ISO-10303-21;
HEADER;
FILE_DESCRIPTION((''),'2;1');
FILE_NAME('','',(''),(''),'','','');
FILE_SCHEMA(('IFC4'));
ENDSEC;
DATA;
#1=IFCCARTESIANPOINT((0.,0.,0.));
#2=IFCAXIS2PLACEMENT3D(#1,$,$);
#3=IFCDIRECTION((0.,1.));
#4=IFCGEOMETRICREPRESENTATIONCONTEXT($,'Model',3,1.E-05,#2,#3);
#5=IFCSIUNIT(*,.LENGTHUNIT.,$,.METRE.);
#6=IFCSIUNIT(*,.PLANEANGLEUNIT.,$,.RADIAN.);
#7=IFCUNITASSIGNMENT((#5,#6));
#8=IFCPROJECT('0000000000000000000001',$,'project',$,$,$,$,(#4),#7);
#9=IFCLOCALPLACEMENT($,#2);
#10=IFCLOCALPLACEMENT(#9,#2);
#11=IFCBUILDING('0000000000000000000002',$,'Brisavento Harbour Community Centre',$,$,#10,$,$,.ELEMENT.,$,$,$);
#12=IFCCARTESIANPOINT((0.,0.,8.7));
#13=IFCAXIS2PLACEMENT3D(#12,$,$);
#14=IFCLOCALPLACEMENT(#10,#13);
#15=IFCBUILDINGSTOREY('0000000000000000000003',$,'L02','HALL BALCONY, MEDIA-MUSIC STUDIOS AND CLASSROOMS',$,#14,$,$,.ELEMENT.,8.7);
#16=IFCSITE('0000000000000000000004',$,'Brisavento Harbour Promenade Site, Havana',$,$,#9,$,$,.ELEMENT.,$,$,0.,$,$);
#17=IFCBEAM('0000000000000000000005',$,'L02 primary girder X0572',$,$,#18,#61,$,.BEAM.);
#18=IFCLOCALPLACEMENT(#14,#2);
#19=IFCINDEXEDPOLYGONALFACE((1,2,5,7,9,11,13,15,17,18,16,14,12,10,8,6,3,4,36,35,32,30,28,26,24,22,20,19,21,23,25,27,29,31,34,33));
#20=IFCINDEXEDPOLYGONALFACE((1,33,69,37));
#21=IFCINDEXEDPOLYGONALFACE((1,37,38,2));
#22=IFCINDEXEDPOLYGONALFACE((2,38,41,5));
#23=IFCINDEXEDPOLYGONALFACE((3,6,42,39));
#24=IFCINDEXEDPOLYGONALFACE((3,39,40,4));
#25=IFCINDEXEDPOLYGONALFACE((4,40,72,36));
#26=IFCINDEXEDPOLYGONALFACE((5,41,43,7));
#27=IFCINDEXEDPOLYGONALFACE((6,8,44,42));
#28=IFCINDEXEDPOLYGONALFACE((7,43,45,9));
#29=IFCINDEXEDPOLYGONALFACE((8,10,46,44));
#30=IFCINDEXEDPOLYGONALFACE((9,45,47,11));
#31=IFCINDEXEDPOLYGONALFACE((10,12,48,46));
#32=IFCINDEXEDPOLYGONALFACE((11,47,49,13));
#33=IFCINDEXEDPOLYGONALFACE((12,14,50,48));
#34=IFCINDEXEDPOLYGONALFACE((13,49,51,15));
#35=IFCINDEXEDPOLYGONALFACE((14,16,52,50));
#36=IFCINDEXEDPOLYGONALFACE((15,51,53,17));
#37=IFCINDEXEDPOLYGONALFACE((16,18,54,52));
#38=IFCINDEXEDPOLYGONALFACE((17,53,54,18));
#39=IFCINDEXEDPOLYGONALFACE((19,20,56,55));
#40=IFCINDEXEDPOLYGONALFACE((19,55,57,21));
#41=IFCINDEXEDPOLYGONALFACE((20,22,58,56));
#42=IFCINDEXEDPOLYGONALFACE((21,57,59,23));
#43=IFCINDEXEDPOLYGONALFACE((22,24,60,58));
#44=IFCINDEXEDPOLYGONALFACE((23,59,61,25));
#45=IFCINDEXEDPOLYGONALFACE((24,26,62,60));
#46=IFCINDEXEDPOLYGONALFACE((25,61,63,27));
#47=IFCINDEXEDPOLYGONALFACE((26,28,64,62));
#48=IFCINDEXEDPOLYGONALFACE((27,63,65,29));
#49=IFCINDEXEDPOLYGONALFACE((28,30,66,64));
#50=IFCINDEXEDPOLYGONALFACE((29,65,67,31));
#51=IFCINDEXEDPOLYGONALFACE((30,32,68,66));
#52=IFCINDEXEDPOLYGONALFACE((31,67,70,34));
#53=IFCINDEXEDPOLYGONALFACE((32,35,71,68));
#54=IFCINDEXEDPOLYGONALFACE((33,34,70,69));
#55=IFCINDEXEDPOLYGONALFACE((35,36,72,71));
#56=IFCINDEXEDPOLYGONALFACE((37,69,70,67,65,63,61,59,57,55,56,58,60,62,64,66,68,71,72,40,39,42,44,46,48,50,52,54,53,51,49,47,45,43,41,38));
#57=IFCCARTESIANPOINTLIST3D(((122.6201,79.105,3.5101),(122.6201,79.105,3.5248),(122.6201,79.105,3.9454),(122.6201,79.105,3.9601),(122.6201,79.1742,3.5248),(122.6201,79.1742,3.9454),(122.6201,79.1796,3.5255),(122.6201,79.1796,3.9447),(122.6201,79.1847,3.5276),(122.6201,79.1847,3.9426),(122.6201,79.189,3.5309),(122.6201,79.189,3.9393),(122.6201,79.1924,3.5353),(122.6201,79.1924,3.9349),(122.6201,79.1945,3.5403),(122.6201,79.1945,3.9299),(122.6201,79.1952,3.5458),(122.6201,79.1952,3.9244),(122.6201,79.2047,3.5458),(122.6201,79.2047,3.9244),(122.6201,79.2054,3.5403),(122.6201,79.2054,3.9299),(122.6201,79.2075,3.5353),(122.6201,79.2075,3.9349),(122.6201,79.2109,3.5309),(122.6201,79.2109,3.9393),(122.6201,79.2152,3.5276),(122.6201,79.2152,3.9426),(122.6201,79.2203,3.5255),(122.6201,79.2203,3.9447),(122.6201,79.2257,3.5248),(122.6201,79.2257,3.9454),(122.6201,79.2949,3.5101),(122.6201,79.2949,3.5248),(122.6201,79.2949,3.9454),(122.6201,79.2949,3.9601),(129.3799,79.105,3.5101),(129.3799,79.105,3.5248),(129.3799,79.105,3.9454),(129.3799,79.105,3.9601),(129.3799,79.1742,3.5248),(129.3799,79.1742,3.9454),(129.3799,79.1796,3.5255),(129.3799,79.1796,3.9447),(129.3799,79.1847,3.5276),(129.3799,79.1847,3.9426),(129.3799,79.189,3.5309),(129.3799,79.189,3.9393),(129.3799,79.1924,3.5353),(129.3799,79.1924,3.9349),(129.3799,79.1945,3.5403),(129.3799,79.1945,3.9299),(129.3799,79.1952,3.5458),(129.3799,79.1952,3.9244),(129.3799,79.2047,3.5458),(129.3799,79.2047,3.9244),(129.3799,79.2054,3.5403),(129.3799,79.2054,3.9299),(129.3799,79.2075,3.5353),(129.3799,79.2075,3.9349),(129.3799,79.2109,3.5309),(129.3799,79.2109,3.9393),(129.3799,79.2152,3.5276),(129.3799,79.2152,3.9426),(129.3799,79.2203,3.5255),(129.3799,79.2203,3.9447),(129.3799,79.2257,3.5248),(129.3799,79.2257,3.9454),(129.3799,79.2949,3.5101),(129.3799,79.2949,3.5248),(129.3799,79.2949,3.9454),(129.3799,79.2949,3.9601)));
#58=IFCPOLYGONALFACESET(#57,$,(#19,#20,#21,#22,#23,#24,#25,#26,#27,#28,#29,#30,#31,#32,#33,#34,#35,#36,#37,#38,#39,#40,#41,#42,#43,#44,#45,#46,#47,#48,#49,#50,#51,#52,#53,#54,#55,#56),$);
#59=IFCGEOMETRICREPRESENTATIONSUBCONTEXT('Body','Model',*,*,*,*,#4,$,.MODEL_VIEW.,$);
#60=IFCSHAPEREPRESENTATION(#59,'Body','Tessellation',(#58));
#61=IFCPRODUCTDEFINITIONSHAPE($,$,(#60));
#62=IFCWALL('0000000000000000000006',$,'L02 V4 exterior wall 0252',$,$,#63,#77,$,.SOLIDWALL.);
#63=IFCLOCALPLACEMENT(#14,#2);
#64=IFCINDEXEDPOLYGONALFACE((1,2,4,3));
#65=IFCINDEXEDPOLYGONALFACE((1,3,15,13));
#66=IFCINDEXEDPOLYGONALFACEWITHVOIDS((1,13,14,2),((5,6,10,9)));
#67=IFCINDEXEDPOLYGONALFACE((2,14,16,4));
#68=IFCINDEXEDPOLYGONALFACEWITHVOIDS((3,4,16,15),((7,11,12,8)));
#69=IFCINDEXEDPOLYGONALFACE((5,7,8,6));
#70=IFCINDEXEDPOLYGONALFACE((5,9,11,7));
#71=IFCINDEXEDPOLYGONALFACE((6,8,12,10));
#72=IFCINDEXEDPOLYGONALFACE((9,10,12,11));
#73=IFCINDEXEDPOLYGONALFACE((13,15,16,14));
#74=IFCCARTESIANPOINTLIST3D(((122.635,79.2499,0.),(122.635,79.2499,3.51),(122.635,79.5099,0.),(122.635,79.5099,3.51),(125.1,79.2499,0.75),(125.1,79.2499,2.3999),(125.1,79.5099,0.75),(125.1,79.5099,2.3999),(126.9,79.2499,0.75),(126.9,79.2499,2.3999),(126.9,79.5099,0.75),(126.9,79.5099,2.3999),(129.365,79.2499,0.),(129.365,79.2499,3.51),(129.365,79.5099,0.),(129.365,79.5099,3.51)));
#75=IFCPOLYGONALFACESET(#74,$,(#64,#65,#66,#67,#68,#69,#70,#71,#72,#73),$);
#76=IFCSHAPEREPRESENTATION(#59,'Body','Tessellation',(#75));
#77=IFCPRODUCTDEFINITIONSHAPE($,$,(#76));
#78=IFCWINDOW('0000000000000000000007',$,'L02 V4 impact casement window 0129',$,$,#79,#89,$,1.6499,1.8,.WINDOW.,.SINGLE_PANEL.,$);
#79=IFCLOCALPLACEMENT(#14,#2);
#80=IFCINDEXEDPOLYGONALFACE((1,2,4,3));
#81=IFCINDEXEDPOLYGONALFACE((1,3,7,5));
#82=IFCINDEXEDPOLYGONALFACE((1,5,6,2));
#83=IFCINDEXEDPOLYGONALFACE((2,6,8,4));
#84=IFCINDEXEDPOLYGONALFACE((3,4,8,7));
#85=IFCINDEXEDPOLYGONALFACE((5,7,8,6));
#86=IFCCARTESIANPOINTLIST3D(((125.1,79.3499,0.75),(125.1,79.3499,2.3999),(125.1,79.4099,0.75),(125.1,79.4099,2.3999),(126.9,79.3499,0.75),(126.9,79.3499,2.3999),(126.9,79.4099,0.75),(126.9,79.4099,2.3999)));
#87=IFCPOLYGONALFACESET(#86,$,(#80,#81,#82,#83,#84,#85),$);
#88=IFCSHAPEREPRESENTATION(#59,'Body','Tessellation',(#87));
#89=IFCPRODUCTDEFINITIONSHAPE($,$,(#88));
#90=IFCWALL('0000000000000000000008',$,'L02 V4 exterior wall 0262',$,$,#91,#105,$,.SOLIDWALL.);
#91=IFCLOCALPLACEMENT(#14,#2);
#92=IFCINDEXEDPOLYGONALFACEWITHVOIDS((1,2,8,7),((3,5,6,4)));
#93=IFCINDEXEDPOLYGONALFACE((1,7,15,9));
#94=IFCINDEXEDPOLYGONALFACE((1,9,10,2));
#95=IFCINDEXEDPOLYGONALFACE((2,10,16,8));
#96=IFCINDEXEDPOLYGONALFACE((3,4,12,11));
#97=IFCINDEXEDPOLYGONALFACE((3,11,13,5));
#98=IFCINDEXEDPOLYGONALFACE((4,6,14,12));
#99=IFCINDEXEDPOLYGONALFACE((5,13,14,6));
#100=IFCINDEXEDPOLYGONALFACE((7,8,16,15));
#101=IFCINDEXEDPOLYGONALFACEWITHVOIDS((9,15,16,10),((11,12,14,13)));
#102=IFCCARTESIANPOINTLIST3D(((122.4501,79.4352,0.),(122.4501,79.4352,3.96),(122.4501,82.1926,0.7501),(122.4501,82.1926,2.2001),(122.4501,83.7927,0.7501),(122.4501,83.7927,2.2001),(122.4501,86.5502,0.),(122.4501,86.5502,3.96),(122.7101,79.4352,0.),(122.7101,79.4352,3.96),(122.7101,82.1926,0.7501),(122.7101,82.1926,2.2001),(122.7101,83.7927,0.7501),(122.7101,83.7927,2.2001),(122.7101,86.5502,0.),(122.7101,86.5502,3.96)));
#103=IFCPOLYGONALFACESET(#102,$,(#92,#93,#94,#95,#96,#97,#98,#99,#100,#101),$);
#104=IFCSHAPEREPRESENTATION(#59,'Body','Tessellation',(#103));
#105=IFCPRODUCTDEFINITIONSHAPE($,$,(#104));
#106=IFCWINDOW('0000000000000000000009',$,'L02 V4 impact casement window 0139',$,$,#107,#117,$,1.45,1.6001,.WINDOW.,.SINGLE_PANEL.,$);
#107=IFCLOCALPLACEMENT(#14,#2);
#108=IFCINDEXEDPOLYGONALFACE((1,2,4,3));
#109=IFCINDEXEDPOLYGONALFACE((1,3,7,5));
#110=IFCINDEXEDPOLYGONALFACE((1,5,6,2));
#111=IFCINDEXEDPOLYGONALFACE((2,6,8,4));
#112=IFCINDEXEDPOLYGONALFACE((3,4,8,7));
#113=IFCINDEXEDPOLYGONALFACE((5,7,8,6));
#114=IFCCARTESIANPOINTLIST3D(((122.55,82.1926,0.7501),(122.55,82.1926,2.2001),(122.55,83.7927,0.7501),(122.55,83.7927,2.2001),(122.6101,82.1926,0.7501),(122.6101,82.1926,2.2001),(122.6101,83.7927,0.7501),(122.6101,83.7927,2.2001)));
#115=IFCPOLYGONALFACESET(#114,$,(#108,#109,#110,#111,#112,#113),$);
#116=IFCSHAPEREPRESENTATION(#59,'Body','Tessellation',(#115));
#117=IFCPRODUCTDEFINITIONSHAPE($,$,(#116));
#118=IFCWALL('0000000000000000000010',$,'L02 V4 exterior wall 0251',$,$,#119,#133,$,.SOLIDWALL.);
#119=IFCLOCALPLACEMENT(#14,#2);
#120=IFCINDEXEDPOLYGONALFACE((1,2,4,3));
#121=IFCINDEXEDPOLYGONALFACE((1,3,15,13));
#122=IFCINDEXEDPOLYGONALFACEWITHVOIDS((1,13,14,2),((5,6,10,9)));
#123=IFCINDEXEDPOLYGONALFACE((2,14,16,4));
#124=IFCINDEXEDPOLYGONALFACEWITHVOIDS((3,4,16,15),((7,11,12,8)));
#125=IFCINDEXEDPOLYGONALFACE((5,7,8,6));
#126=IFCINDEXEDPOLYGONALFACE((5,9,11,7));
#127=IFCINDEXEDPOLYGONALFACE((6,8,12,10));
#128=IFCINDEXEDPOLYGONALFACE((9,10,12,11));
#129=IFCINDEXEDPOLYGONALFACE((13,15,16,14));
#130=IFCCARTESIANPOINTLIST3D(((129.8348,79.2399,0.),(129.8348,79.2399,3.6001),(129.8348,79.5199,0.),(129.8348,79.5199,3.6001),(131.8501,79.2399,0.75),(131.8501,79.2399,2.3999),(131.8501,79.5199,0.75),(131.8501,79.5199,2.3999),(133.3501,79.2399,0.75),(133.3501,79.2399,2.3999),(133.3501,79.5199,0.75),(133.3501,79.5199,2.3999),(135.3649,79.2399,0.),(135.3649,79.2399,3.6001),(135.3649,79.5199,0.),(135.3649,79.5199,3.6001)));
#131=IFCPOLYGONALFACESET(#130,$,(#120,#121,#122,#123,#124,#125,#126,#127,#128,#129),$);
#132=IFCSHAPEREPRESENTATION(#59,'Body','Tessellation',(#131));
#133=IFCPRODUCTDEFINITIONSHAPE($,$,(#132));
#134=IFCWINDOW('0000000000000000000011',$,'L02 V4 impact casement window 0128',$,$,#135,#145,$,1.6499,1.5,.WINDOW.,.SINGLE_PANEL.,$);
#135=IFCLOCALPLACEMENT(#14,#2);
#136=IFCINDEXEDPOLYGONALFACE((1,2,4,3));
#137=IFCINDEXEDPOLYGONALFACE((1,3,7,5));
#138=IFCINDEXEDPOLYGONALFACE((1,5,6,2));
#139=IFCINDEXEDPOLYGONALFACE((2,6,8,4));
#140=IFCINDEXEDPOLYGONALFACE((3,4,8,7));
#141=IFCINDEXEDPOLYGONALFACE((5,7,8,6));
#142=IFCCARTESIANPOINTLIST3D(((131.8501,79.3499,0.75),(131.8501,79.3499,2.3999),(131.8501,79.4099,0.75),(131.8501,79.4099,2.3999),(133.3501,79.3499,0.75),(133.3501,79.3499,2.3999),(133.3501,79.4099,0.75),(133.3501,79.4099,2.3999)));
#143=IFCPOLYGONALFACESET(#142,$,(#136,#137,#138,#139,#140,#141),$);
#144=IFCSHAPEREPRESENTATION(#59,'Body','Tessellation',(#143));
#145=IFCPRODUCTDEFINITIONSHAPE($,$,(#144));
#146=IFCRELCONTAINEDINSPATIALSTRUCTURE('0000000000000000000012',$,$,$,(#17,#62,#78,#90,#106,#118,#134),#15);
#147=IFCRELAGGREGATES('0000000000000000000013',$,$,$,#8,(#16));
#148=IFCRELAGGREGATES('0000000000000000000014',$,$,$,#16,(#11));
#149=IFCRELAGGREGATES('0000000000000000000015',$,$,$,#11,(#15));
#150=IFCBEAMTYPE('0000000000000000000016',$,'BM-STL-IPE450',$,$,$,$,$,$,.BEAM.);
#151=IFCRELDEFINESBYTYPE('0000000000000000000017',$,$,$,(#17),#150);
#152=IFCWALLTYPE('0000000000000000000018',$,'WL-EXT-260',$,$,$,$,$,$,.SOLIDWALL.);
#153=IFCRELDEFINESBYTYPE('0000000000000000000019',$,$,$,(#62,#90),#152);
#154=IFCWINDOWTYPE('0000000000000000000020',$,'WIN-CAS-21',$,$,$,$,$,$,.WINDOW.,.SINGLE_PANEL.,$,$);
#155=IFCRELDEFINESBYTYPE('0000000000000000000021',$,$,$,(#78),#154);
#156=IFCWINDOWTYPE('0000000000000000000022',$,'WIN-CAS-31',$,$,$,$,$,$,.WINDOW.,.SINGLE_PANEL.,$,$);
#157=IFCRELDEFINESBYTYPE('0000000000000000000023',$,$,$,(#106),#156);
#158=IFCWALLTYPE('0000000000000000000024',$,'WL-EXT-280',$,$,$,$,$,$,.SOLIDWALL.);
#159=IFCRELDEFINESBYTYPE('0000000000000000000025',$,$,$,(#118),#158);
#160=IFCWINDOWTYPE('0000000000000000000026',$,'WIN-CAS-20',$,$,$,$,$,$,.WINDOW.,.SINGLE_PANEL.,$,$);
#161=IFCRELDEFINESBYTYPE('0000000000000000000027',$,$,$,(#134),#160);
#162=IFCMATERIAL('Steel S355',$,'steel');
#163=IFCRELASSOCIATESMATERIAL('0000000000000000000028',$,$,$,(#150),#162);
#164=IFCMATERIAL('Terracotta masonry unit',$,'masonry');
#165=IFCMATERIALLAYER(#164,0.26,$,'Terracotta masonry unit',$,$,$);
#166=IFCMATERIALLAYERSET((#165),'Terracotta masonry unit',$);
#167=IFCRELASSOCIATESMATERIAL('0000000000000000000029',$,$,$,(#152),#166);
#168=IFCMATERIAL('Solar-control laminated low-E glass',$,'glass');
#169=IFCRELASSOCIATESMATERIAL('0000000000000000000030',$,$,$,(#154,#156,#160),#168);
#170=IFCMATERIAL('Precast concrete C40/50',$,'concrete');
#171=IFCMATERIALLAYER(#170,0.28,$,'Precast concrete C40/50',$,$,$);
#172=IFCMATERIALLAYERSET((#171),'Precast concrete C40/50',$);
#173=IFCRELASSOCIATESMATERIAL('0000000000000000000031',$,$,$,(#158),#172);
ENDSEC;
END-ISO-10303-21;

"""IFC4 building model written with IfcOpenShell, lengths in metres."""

from ifc_helpers import new_model, si_unit, direction, frame, frame_2d, origin, origin_2d, place, context, subcontext, project, spatial, rectangle, i_section, extrude, material, layer, layer_set, material_profile, profile_set, type_object, element, fill, save


model = new_model("IFC4")

# Units and contexts
model_context = context("Model", 3, precision=1e-05, world=origin(), true_north=direction((0.0, 1.0)))
body_context = subcontext(model_context, "Body", "Model", "MODEL_VIEW")
ifc_project = project(units=[si_unit("LENGTHUNIT", "METRE"), si_unit("PLANEANGLEUNIT", "RADIAN")], contexts=[model_context])

# Site, building, storey
site_placement = place(None, origin())
site = spatial("IfcSite", under=ifc_project, at=site_placement, Name="Brisavento Harbour Promenade Site, Havana", CompositionType="ELEMENT", RefElevation=0.0)
building_placement = place(site_placement, origin())
building = spatial("IfcBuilding", under=site, at=building_placement, Name="Brisavento Harbour Community Centre", CompositionType="ELEMENT")
storey_placement = place(building_placement, frame((0.0, 0.0, 8.7)))
storey = spatial("IfcBuildingStorey", under=building, at=storey_placement, Name="L02", Description="HALL BALCONY, MEDIA-MUSIC STUDIOS AND CLASSROOMS", CompositionType="ELEMENT", Elevation=8.7)

# Beam
ifc_material_1 = material(Name="Steel S355", Category="steel")
ifc_material_profile_1 = material_profile(ifc_material_1, i_section(OverallWidth=0.1899, OverallDepth=0.45, WebThickness=0.0095, FlangeThickness=0.0146, FilletRadius=0.021, at=origin_2d()), Name="Steel S355")
ifc_profile_set_1 = profile_set([ifc_material_profile_1], Name="Steel S355")
beam_type_1 = type_object("IfcBeamType", Name="BM-STL-IPE450", PredefinedType="BEAM", material=ifc_profile_set_1)
beam_1_placement = place(storey_placement, frame((122.6201, 79.2, 3.7351), z_axis=(1.0, 0.0, 0.0), x_axis=(0.0, 1.0, 0.0)))
element("IfcBeam", 1, at=beam_1_placement, inside=storey, type_object=beam_type_1, Name="L02 primary girder X0572", PredefinedType="BEAM", context=body_context, shape_type="SweptSolid", body=[
    extrude(i_section(OverallWidth=0.1899, OverallDepth=0.45, WebThickness=0.0095, FlangeThickness=0.0146, FilletRadius=0.021, at=origin_2d()), origin(), (0.0, 0.0, 1.0), 6.7598),
])

# Walls, openings, windows
ifc_material_2 = material(Name="Terracotta masonry unit", Category="masonry")
ifc_layer_1 = layer(ifc_material_2, 0.26, Name="Terracotta masonry unit")
ifc_layer_set_1 = layer_set([ifc_layer_1], Name="Terracotta masonry unit")
wall_type_1 = type_object("IfcWallType", Name="WL-EXT-260", PredefinedType="SOLIDWALL", material=ifc_layer_set_1)
wall_1_placement = place(storey_placement, frame((129.365, 79.3799, 0.0), z_axis=(0.0, 0.0, 1.0), x_axis=(-1.0, 0.0, 0.0)))
wall_1 = element("IfcWall", 2, at=wall_1_placement, inside=storey, type_object=wall_type_1, Name="L02 V4 exterior wall 0252", PredefinedType="SOLIDWALL", context=body_context, shape_type="SweptSolid", body=[
    extrude(rectangle(XDim=6.73, YDim=0.26, at=frame_2d((3.365, 0.0))), origin(), (0.0, 0.0, 1.0), 3.51),
])
opening_1_placement = place(wall_1_placement, frame((2.4651, 0.0, 0.75)))
opening_1 = element("IfcOpeningElement", 3, at=opening_1_placement, cuts=wall_1, PredefinedType="OPENING", context=body_context, shape_type="SweptSolid", body=[
    extrude(rectangle(XDim=1.8, YDim=1.6499, at=frame_2d((0.8999, 0.825))), frame((0.0, 0.1401, 0.0), z_axis=(0.0, -1.0, 0.0), x_axis=(1.0, 0.0, 0.0)), (0.0, 0.0, 1.0), 0.28),
])
ifc_material_3 = material(Name="Solar-control laminated low-E glass", Category="glass")
window_type_1 = type_object("IfcWindowType", Name="WIN-CAS-21", PartitioningType="SINGLE_PANEL", PredefinedType="WINDOW", material=ifc_material_3)
window_1_placement = place(opening_1_placement, origin())
window_1 = element("IfcWindow", 4, at=window_1_placement, inside=storey, type_object=window_type_1, Name="L02 V4 impact casement window 0129", OverallHeight=1.6499, OverallWidth=1.8, PartitioningType="SINGLE_PANEL", PredefinedType="WINDOW", context=body_context, shape_type="SweptSolid", body=[
    extrude(rectangle(XDim=1.8, YDim=1.6499, at=frame_2d((0.8999, 0.825))), frame((0.0, 0.03, 0.0), z_axis=(0.0, -1.0, 0.0), x_axis=(1.0, 0.0, 0.0)), (0.0, 0.0, 1.0), 0.0601),
])
fill(opening_1, window_1)
wall_2_placement = place(storey_placement, frame((122.5801, 79.4351, 0.0), z_axis=(0.0, 0.0, 1.0), x_axis=(0.0, 1.0, 0.0)))
wall_2 = element("IfcWall", 5, at=wall_2_placement, inside=storey, type_object=wall_type_1, Name="L02 V4 exterior wall 0262", PredefinedType="SOLIDWALL", context=body_context, shape_type="SweptSolid", body=[
    extrude(rectangle(XDim=7.115, YDim=0.26, at=frame_2d((3.5576, 0.0))), origin(), (0.0, 0.0, 1.0), 3.96),
])
opening_2_placement = place(wall_2_placement, frame((2.7576, 0.0, 0.75)))
opening_2 = element("IfcOpeningElement", 6, at=opening_2_placement, cuts=wall_2, PredefinedType="OPENING", context=body_context, shape_type="SweptSolid", body=[
    extrude(rectangle(XDim=1.6001, YDim=1.45, at=frame_2d((0.8, 0.7251))), frame((0.0, 0.1401, 0.0), z_axis=(0.0, -1.0, 0.0), x_axis=(1.0, 0.0, 0.0)), (0.0, 0.0, 1.0), 0.28),
])
window_type_2 = type_object("IfcWindowType", Name="WIN-CAS-31", PartitioningType="SINGLE_PANEL", PredefinedType="WINDOW", material=ifc_material_3)
window_2_placement = place(opening_2_placement, origin())
window_2 = element("IfcWindow", 7, at=window_2_placement, inside=storey, type_object=window_type_2, Name="L02 V4 impact casement window 0139", OverallHeight=1.45, OverallWidth=1.6001, PartitioningType="SINGLE_PANEL", PredefinedType="WINDOW", context=body_context, shape_type="SweptSolid", body=[
    extrude(rectangle(XDim=1.6001, YDim=1.45, at=frame_2d((0.8, 0.7251))), frame((0.0, 0.03, 0.0), z_axis=(0.0, -1.0, 0.0), x_axis=(1.0, 0.0, 0.0)), (0.0, 0.0, 1.0), 0.0601),
])
fill(opening_2, window_2)
ifc_material_4 = material(Name="Precast concrete C40/50", Category="concrete")
ifc_layer_2 = layer(ifc_material_4, 0.28, Name="Precast concrete C40/50")
ifc_layer_set_2 = layer_set([ifc_layer_2], Name="Precast concrete C40/50")
wall_type_2 = type_object("IfcWallType", Name="WL-EXT-280", PredefinedType="SOLIDWALL", material=ifc_layer_set_2)
wall_3_placement = place(storey_placement, frame((135.365, 79.3799, 0.0), z_axis=(0.0, 0.0, 1.0), x_axis=(-1.0, 0.0, 0.0)))
wall_3 = element("IfcWall", 8, at=wall_3_placement, inside=storey, type_object=wall_type_2, Name="L02 V4 exterior wall 0251", PredefinedType="SOLIDWALL", context=body_context, shape_type="SweptSolid", body=[
    extrude(rectangle(XDim=5.53, YDim=0.28, at=frame_2d((2.7651, 0.0))), origin(), (0.0, 0.0, 1.0), 3.6001),
])
opening_3_placement = place(wall_3_placement, frame((2.0149, 0.0, 0.75)))
opening_3 = element("IfcOpeningElement", 9, at=opening_3_placement, cuts=wall_3, PredefinedType="OPENING", context=body_context, shape_type="SweptSolid", body=[
    extrude(rectangle(XDim=1.5, YDim=1.6499, at=frame_2d((0.75, 0.825))), frame((0.0, 0.1499, 0.0), z_axis=(0.0, -1.0, 0.0), x_axis=(1.0, 0.0, 0.0)), (0.0, 0.0, 1.0), 0.3),
])
window_type_3 = type_object("IfcWindowType", Name="WIN-CAS-20", PartitioningType="SINGLE_PANEL", PredefinedType="WINDOW", material=ifc_material_3)
window_3_placement = place(opening_3_placement, origin())
window_3 = element("IfcWindow", 10, at=window_3_placement, inside=storey, type_object=window_type_3, Name="L02 V4 impact casement window 0128", OverallHeight=1.6499, OverallWidth=1.5, PartitioningType="SINGLE_PANEL", PredefinedType="WINDOW", context=body_context, shape_type="SweptSolid", body=[
    extrude(rectangle(XDim=1.5, YDim=1.6499, at=frame_2d((0.75, 0.825))), frame((0.0, 0.03, 0.0), z_axis=(0.0, -1.0, 0.0), x_axis=(1.0, 0.0, 0.0)), (0.0, 0.0, 1.0), 0.0601),
])
fill(opening_3, window_3)

save(model, "model.ifc")
